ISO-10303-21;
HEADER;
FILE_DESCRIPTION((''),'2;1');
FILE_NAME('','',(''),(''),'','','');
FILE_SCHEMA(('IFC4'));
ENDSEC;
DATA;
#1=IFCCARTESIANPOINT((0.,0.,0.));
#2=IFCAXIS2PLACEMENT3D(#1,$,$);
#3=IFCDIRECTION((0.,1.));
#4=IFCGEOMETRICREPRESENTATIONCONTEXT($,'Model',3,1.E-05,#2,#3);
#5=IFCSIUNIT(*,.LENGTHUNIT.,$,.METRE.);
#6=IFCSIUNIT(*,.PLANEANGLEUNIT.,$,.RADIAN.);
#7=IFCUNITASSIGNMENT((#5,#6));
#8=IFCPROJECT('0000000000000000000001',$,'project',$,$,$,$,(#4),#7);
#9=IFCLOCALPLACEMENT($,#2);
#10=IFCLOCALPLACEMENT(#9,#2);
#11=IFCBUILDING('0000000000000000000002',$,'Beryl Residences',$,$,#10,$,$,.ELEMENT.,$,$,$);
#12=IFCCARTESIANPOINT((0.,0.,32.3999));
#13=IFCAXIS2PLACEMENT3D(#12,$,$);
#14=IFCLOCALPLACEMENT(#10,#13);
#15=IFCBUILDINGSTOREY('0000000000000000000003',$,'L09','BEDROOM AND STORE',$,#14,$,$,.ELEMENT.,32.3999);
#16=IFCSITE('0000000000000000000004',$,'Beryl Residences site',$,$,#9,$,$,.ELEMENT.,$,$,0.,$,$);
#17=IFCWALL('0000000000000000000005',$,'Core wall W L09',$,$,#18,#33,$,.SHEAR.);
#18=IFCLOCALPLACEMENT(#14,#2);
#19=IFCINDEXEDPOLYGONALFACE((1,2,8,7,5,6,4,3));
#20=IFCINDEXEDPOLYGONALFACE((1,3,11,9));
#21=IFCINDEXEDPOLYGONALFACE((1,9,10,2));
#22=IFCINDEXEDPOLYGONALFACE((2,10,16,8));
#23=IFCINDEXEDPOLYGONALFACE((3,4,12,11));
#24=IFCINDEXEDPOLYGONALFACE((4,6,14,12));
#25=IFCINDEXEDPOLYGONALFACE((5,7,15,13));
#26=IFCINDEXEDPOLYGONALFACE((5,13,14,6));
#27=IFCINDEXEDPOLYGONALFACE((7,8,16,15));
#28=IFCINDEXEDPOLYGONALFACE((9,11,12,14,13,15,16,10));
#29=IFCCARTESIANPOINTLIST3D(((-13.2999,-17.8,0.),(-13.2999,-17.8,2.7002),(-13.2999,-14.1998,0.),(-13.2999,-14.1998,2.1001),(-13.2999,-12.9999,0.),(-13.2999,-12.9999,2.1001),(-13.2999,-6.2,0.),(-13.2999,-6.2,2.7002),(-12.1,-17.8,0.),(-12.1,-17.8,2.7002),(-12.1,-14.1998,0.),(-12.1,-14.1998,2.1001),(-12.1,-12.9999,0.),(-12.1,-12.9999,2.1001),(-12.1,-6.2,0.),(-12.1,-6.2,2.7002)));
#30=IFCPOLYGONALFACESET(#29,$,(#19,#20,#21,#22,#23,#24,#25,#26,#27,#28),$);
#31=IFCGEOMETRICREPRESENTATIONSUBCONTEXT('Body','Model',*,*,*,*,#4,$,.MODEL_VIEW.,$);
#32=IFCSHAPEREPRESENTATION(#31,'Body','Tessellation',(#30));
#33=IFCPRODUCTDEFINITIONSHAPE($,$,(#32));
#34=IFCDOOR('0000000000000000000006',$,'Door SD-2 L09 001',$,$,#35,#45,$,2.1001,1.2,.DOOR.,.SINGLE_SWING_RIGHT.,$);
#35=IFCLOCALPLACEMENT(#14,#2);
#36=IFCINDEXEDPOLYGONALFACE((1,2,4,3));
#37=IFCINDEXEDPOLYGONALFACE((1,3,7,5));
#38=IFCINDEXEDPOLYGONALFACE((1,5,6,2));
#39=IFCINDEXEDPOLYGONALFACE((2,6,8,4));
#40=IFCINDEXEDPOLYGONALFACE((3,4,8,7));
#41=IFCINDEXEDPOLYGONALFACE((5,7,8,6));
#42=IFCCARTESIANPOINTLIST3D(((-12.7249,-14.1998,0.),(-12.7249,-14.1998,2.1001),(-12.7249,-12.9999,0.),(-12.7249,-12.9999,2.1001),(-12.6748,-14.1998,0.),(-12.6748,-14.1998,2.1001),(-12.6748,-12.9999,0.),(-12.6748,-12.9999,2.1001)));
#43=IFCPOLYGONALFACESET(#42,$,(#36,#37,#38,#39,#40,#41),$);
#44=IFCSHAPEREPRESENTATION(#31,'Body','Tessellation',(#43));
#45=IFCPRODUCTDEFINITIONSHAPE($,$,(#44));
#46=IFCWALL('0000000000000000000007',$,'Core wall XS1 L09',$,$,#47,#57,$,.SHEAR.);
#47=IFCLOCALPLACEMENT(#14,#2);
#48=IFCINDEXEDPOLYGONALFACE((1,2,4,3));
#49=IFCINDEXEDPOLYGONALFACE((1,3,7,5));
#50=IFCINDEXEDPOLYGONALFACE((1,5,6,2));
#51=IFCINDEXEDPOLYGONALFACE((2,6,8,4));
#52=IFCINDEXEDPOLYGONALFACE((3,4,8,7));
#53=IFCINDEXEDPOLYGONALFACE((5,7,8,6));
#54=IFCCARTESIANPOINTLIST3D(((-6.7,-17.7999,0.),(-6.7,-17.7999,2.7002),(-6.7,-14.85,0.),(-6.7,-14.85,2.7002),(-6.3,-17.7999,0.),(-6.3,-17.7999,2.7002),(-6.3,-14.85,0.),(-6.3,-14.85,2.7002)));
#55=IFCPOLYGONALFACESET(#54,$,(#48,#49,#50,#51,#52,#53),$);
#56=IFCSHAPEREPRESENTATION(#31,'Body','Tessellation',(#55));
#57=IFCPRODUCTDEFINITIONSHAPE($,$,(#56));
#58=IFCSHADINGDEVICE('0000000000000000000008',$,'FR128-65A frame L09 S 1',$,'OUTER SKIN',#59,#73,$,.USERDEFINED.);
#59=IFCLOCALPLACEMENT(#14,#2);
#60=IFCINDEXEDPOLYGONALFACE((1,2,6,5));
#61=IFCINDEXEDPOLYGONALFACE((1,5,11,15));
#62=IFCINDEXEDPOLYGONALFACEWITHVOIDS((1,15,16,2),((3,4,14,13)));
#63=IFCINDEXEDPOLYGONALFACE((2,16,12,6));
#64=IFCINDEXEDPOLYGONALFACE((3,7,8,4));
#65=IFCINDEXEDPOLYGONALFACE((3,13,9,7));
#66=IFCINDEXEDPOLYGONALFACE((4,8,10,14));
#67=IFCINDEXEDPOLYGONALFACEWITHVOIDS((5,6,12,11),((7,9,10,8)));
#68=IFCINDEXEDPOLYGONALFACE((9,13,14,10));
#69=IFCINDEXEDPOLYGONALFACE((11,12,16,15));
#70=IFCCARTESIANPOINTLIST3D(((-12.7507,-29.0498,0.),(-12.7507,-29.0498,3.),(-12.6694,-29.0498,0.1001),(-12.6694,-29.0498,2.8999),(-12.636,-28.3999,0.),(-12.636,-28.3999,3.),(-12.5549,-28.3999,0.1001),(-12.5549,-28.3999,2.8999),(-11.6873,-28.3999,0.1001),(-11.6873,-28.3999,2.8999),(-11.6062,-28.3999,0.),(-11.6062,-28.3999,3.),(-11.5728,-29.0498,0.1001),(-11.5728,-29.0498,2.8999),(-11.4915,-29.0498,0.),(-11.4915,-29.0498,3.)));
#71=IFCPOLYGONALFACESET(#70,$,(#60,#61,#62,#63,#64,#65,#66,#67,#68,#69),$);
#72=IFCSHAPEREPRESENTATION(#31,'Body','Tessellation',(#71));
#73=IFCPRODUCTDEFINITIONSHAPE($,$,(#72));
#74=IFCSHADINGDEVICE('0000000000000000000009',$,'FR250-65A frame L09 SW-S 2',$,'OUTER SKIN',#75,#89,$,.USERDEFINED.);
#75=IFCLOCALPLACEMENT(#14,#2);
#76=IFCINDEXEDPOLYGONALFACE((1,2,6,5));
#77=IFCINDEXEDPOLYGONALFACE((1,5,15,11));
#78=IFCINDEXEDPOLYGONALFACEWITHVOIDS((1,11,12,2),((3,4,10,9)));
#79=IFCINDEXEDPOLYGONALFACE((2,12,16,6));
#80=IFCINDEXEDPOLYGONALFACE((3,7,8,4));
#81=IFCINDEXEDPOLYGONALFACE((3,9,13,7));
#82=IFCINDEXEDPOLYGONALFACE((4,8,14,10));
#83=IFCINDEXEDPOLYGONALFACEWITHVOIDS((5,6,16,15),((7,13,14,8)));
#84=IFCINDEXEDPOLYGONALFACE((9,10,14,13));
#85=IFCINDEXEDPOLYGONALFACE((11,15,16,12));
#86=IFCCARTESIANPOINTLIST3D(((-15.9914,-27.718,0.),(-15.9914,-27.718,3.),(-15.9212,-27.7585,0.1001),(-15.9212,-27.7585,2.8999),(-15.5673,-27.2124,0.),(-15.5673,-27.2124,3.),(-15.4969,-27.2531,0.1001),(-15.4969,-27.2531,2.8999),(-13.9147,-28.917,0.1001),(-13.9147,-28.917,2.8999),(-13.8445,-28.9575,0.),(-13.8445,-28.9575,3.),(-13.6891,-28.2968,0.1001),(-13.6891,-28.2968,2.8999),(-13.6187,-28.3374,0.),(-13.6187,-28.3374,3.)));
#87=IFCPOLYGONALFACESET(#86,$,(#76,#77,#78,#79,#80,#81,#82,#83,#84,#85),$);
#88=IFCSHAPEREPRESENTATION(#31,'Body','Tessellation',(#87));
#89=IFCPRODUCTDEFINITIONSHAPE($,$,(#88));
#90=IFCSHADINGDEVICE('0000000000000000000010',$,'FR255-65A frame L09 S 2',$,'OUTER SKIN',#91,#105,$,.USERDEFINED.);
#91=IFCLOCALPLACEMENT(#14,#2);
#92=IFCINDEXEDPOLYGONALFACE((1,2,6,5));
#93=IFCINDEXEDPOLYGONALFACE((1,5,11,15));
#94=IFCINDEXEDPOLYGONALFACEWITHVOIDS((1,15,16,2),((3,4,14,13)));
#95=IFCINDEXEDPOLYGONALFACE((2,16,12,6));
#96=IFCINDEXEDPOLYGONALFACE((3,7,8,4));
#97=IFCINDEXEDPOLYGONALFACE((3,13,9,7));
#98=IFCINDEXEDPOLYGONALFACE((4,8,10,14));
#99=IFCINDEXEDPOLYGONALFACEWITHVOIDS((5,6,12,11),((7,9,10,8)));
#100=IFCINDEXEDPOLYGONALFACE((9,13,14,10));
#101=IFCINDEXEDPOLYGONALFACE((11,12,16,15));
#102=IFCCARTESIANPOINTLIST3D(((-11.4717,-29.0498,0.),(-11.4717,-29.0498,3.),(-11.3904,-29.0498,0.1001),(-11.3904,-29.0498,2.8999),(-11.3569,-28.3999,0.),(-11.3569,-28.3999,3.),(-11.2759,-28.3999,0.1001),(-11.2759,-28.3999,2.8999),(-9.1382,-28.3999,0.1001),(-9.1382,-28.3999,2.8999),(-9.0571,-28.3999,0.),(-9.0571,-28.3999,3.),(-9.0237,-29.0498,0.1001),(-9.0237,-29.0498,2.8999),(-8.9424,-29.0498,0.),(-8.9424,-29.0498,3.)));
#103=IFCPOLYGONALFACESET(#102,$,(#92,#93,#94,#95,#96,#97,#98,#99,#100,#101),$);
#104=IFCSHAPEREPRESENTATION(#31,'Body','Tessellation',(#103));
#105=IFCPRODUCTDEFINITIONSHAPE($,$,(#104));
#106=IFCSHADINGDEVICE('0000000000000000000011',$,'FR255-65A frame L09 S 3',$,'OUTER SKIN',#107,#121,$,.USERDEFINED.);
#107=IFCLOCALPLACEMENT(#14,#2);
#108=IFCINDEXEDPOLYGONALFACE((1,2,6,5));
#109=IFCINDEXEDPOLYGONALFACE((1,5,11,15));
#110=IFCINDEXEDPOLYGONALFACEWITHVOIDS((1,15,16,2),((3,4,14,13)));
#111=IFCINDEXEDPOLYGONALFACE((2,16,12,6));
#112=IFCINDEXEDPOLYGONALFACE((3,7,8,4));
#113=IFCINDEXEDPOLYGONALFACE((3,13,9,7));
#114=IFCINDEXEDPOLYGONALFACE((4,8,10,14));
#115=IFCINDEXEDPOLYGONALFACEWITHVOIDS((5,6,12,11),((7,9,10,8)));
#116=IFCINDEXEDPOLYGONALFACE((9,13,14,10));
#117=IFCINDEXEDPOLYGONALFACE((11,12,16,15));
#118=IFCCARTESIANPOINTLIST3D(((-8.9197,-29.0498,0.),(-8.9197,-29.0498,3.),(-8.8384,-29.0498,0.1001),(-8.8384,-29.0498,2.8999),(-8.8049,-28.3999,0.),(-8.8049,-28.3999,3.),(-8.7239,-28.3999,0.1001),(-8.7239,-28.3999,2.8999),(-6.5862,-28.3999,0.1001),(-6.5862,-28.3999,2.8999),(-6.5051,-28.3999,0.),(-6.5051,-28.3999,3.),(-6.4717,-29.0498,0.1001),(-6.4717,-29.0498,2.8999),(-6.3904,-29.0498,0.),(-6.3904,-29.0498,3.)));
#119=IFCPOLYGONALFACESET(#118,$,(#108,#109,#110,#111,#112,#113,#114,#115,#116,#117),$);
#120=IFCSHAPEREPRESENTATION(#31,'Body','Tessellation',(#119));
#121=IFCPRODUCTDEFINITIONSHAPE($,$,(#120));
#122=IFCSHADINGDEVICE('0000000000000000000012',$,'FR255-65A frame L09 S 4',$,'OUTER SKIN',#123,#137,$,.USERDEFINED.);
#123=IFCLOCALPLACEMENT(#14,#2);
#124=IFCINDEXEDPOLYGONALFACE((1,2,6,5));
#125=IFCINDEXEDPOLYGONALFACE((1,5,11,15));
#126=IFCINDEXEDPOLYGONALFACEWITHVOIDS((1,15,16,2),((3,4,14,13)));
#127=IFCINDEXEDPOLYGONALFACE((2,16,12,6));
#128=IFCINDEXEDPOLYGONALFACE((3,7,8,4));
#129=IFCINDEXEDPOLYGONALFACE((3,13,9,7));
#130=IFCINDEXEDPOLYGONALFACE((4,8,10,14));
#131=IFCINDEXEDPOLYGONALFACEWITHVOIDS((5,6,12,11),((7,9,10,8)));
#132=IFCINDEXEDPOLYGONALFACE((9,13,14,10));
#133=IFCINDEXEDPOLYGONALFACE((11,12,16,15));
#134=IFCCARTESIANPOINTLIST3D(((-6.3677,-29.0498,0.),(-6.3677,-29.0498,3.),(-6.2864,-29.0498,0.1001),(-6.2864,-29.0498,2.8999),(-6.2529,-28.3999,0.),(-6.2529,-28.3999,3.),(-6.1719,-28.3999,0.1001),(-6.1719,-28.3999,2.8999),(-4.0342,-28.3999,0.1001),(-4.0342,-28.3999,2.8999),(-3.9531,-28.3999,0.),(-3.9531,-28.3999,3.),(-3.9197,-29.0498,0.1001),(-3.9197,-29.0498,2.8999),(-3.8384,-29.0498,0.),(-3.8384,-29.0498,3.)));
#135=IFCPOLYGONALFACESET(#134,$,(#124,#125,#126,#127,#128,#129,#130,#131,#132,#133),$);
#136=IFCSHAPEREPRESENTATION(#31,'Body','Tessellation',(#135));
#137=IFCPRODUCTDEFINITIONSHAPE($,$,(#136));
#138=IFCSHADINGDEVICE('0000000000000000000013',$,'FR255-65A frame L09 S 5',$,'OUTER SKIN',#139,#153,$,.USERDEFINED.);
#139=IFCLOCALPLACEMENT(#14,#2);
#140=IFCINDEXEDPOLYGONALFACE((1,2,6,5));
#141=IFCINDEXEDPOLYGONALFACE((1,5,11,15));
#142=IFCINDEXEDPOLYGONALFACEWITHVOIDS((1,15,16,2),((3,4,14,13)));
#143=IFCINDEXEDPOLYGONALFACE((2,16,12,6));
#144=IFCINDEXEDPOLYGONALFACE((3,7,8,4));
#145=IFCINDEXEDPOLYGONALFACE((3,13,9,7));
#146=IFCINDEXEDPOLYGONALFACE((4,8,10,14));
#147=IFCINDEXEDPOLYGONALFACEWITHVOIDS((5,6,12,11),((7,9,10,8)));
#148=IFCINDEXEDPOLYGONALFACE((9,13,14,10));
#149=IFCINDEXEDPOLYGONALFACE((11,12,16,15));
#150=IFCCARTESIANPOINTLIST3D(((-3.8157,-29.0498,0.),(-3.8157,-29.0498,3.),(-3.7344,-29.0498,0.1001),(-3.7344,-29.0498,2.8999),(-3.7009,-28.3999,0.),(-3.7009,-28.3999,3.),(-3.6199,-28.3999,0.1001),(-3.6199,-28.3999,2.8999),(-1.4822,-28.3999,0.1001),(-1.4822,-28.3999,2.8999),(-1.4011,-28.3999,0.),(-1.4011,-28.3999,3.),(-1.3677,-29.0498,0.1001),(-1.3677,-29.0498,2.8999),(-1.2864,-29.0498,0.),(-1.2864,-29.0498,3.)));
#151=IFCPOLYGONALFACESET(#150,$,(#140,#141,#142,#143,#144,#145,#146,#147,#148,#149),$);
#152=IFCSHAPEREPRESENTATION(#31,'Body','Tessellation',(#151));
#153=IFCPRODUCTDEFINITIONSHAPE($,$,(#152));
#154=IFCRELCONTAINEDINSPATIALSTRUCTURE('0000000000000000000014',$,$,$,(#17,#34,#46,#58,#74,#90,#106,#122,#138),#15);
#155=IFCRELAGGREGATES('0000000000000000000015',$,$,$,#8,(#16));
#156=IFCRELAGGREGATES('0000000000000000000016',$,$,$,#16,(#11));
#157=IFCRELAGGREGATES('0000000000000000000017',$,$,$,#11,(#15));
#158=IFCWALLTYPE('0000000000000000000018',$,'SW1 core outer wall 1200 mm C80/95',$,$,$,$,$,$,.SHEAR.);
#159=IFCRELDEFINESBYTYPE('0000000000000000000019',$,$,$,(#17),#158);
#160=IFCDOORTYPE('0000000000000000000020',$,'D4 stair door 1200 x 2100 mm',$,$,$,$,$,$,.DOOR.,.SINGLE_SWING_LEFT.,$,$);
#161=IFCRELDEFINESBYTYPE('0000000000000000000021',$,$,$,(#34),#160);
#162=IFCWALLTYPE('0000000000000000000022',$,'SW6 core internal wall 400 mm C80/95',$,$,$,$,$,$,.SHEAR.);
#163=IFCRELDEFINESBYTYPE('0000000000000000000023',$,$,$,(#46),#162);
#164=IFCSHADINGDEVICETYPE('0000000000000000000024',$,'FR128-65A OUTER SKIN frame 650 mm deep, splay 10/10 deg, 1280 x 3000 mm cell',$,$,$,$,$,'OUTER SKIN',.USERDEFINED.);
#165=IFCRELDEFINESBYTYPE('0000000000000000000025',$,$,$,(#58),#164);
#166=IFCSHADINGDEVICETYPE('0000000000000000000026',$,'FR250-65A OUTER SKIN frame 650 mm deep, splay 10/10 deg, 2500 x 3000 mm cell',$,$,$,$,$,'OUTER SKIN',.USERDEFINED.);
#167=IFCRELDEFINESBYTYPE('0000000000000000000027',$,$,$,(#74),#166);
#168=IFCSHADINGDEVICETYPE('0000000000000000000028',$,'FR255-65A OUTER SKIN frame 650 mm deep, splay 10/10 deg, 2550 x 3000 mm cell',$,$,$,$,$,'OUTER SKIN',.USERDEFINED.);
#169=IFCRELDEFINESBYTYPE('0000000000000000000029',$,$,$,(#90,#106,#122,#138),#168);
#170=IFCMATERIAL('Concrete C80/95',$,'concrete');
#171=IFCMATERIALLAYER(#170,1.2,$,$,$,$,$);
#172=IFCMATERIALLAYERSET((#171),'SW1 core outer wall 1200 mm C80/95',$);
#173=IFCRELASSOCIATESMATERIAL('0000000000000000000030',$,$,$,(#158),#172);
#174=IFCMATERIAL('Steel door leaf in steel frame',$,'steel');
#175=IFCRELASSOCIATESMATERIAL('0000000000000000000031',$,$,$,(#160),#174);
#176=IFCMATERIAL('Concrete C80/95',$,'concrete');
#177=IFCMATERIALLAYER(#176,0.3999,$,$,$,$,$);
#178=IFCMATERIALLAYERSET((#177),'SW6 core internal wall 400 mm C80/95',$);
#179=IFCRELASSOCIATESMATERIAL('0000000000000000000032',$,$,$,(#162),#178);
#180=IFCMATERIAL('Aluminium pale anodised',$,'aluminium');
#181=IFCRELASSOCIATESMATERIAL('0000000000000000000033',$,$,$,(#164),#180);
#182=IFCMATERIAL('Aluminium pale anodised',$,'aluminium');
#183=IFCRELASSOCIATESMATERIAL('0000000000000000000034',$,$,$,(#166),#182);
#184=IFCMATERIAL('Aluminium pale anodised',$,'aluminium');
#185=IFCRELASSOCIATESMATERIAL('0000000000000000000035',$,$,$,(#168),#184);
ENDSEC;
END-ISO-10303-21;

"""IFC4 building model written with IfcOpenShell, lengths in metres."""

from ifc_helpers import new_model, entity, si_unit, direction, frame, frame_2d, origin, place, context, subcontext, project, spatial, rectangle, extrude, source, transform, mapped, material, layer, layer_set, type_object, type_shapes, element, fill, save


model = new_model("IFC4")

# Units and contexts
model_context = context("Model", 3, precision=1e-05, world=origin(), true_north=direction((0.0, 1.0)))
body_context = subcontext(model_context, "Body", "Model", "MODEL_VIEW")
ifc_project = project(units=[si_unit("LENGTHUNIT", "METRE"), si_unit("PLANEANGLEUNIT", "RADIAN")], contexts=[model_context])

# Site, building, storey
site_placement = place(None, origin())
site = spatial("IfcSite", under=ifc_project, at=site_placement, Name="Beryl Residences site", CompositionType="ELEMENT", RefElevation=0.0)
building_placement = place(site_placement, origin())
building = spatial("IfcBuilding", under=site, at=building_placement, Name="Beryl Residences", CompositionType="ELEMENT")
storey_placement = place(building_placement, frame((0.0, 0.0, 32.3999)))
storey = spatial("IfcBuildingStorey", under=building, at=storey_placement, Name="L09", Description="BEDROOM AND STORE", CompositionType="ELEMENT", Elevation=32.3999)

# Shared definitions
ifc_material_1 = material(Name="Concrete C80/95", Category="concrete")
ifc_layer_1 = layer(ifc_material_1, 1.2)
ifc_layer_set_1 = layer_set([ifc_layer_1], Name="SW1 core outer wall 1200 mm C80/95")
wall_type_1 = type_object("IfcWallType", Name="SW1 core outer wall 1200 mm C80/95", PredefinedType="SHEAR", material=ifc_layer_set_1)

# Wall, opening, door
wall_1_placement = place(storey_placement, frame((-12.7, -17.8, 0.0), z_axis=(0.0, 0.0, 1.0), x_axis=(0.0, 1.0, 0.0)))
wall_1 = element("IfcWall", 1, at=wall_1_placement, inside=storey, type_object=wall_type_1, Name="Core wall W L09", PredefinedType="SHEAR", context=body_context, shape_type="SweptSolid", body=[
    extrude(rectangle(XDim=11.6001, YDim=1.2, at=frame_2d((5.8, 0.0))), origin(), (0.0, 0.0, 1.0), 2.7002),
])
opening_1_placement = place(wall_1_placement, frame((3.6001, 0.0, 0.0)))
opening_1 = element("IfcOpeningElement", 2, at=opening_1_placement, cuts=wall_1, PredefinedType="OPENING", context=body_context, shape_type="SweptSolid", body=[
    extrude(rectangle(XDim=1.2, YDim=2.1001, at=frame_2d((0.6001, 1.05))), frame((0.0, 0.6099, 0.0), z_axis=(0.0, -1.0, 0.0), x_axis=(1.0, 0.0, 0.0)), (0.0, 0.0, 1.0), 1.22),
])
ifc_material_2 = material(Name="Steel door leaf in steel frame", Category="steel")
door_type_1 = type_object("IfcDoorType", Name="D4 stair door 1200 x 2100 mm", OperationType="SINGLE_SWING_LEFT", PredefinedType="DOOR", material=ifc_material_2)
door_1_placement = place(opening_1_placement, origin())
door_1 = element("IfcDoor", 3, at=door_1_placement, inside=storey, type_object=door_type_1, Name="Door SD-2 L09 001", OperationType="SINGLE_SWING_RIGHT", OverallHeight=2.1001, OverallWidth=1.2, PredefinedType="DOOR", context=body_context, shape_type="SweptSolid", body=[
    extrude(rectangle(XDim=1.2, YDim=2.1001, at=frame_2d((0.6001, 1.05))), frame((0.0, 0.0249, 0.0), z_axis=(0.0, -1.0, 0.0), x_axis=(1.0, 0.0, 0.0)), (0.0, 0.0, 1.0), 0.05),
])
fill(opening_1, door_1)

# Wall
ifc_material_3 = material(Name="Concrete C80/95", Category="concrete")
ifc_layer_2 = layer(ifc_material_3, 0.3999)
ifc_layer_set_2 = layer_set([ifc_layer_2], Name="SW6 core internal wall 400 mm C80/95")
wall_type_2 = type_object("IfcWallType", Name="SW6 core internal wall 400 mm C80/95", PredefinedType="SHEAR", material=ifc_layer_set_2)
wall_2_placement = place(storey_placement, frame((-6.5, -17.8, 0.0), z_axis=(0.0, 0.0, 1.0), x_axis=(0.0, 1.0, 0.0)))
element("IfcWall", 4, at=wall_2_placement, inside=storey, type_object=wall_type_2, Name="Core wall XS1 L09", PredefinedType="SHEAR", context=body_context, shape_type="SweptSolid", body=[
    extrude(rectangle(XDim=2.95, YDim=0.3999, at=frame_2d((1.4751, 0.0))), origin(), (0.0, 0.0, 1.0), 2.7002),
])

# Shading devices
ifc_material_4 = material(Name="Aluminium pale anodised", Category="aluminium")
shading_device_type_1 = type_object("IfcShadingDeviceType", Name="FR128-65A OUTER SKIN frame 650 mm deep, splay 10/10 deg, 1280 x 3000 mm cell", ElementType="OUTER SKIN", PredefinedType="USERDEFINED", material=ifc_material_4)
cartesian_point_1 = entity("IfcCartesianPoint", [-0.5149, 0.0])
cartesian_point_2 = entity("IfcCartesianPoint", [-0.4338, 0.1001])
cartesian_point_3 = entity("IfcCartesianPoint", [-0.6296, 0.0])
cartesian_point_4 = entity("IfcCartesianPoint", [-0.5483, 0.1001])
shared_shape_1 = source(origin(), body_context, "Body", "SweptSolid", [
    entity("IfcExtrudedAreaSolidTapered", entity("IfcArbitraryProfileDefWithVoids", "AREA", None, entity("IfcPolyline", [cartesian_point_1, entity("IfcCartesianPoint", [0.5149, 0.0]), entity("IfcCartesianPoint", [0.5149, 3.0]), entity("IfcCartesianPoint", [-0.5149, 3.0]), cartesian_point_1]), [entity("IfcPolyline", [cartesian_point_2, entity("IfcCartesianPoint", [0.4338, 0.1001]), entity("IfcCartesianPoint", [0.4338, 2.8999]), entity("IfcCartesianPoint", [-0.4338, 2.8999]), cartesian_point_2])]), entity("IfcAxis2Placement3D", entity("IfcCartesianPoint", [0.0, 0.0, 0.0]), entity("IfcDirection", [0.0, 1.0, 0.0]), entity("IfcDirection", [-1.0, 0.0, 0.0])), entity("IfcDirection", [0.0, 0.0, 1.0]), 0.6499, entity("IfcArbitraryProfileDefWithVoids", "AREA", None, entity("IfcPolyline", [cartesian_point_3, entity("IfcCartesianPoint", [0.6296, 0.0]), entity("IfcCartesianPoint", [0.6296, 3.0]), entity("IfcCartesianPoint", [-0.6296, 3.0]), cartesian_point_3]), [entity("IfcPolyline", [cartesian_point_4, entity("IfcCartesianPoint", [0.5483, 0.1001]), entity("IfcCartesianPoint", [0.5483, 2.8999]), entity("IfcCartesianPoint", [-0.5483, 2.8999]), cartesian_point_4])])),
])
type_shapes(shading_device_type_1, [shared_shape_1])
shading_device_1_placement = place(storey_placement, frame((-12.1211, -28.3999, 0.0), z_axis=(0.0, 0.0, 1.0), x_axis=(-1.0, 0.0, 0.0)))
element("IfcShadingDevice", 5, at=shading_device_1_placement, inside=storey, type_object=shading_device_type_1, Name="FR128-65A frame L09 S 1", ObjectType="OUTER SKIN", PredefinedType="USERDEFINED", context=body_context, shape_type="MappedRepresentation", body=[
    mapped(shared_shape_1, transform((0.0, 0.0, 0.0))),
])
ifc_material_5 = material(Name="Aluminium pale anodised", Category="aluminium")
shading_device_type_2 = type_object("IfcShadingDeviceType", Name="FR250-65A OUTER SKIN frame 650 mm deep, splay 10/10 deg, 2500 x 3000 mm cell", ElementType="OUTER SKIN", PredefinedType="USERDEFINED", material=ifc_material_5)
cartesian_point_5 = entity("IfcCartesianPoint", [-1.125, 0.0])
cartesian_point_6 = entity("IfcCartesianPoint", [-1.0437, 0.1001])
cartesian_point_7 = entity("IfcCartesianPoint", [-1.2395, 0.0])
cartesian_point_8 = entity("IfcCartesianPoint", [-1.1584, 0.1001])
shared_shape_2 = source(origin(), body_context, "Body", "SweptSolid", [
    entity("IfcExtrudedAreaSolidTapered", entity("IfcArbitraryProfileDefWithVoids", "AREA", None, entity("IfcPolyline", [cartesian_point_5, entity("IfcCartesianPoint", [1.125, 0.0]), entity("IfcCartesianPoint", [1.125, 3.0]), entity("IfcCartesianPoint", [-1.125, 3.0]), cartesian_point_5]), [entity("IfcPolyline", [cartesian_point_6, entity("IfcCartesianPoint", [1.0437, 0.1001]), entity("IfcCartesianPoint", [1.0437, 2.8999]), entity("IfcCartesianPoint", [-1.0437, 2.8999]), cartesian_point_6])]), entity("IfcAxis2Placement3D", entity("IfcCartesianPoint", [0.0, 0.0, 0.0]), entity("IfcDirection", [0.0, 1.0, 0.0]), entity("IfcDirection", [-1.0, 0.0, 0.0])), entity("IfcDirection", [0.0, 0.0, 1.0]), 0.6499, entity("IfcArbitraryProfileDefWithVoids", "AREA", None, entity("IfcPolyline", [cartesian_point_7, entity("IfcCartesianPoint", [1.2395, 0.0]), entity("IfcCartesianPoint", [1.2395, 3.0]), entity("IfcCartesianPoint", [-1.2395, 3.0]), cartesian_point_7]), [entity("IfcPolyline", [cartesian_point_8, entity("IfcCartesianPoint", [1.1584, 0.1001]), entity("IfcCartesianPoint", [1.1584, 2.8999]), entity("IfcCartesianPoint", [-1.1584, 2.8999]), cartesian_point_8])])),
])
type_shapes(shading_device_type_2, [shared_shape_2])
shading_device_2_placement = place(storey_placement, frame((-14.593, -27.7749, 0.0), z_axis=(0.0, 0.0, 1.0), x_axis=(-0.866025, 0.5, 0.0)))
element("IfcShadingDevice", 6, at=shading_device_2_placement, inside=storey, type_object=shading_device_type_2, Name="FR250-65A frame L09 SW-S 2", ObjectType="OUTER SKIN", PredefinedType="USERDEFINED", context=body_context, shape_type="MappedRepresentation", body=[
    mapped(shared_shape_2, transform((0.0, 0.0, 0.0))),
])
ifc_material_6 = material(Name="Aluminium pale anodised", Category="aluminium")
shading_device_type_3 = type_object("IfcShadingDeviceType", Name="FR255-65A OUTER SKIN frame 650 mm deep, splay 10/10 deg, 2550 x 3000 mm cell", ElementType="OUTER SKIN", PredefinedType="USERDEFINED", material=ifc_material_6)
cartesian_point_9 = entity("IfcCartesianPoint", [-1.1499, 0.0])
cartesian_point_10 = entity("IfcCartesianPoint", [-1.0688, 0.1001])
cartesian_point_11 = entity("IfcCartesianPoint", [-1.2646, 0.0])
cartesian_point_12 = entity("IfcCartesianPoint", [-1.1833, 0.1001])
shared_shape_3 = source(origin(), body_context, "Body", "SweptSolid", [
    entity("IfcExtrudedAreaSolidTapered", entity("IfcArbitraryProfileDefWithVoids", "AREA", None, entity("IfcPolyline", [cartesian_point_9, entity("IfcCartesianPoint", [1.1499, 0.0]), entity("IfcCartesianPoint", [1.1499, 3.0]), entity("IfcCartesianPoint", [-1.1499, 3.0]), cartesian_point_9]), [entity("IfcPolyline", [cartesian_point_10, entity("IfcCartesianPoint", [1.0688, 0.1001]), entity("IfcCartesianPoint", [1.0688, 2.8999]), entity("IfcCartesianPoint", [-1.0688, 2.8999]), cartesian_point_10])]), entity("IfcAxis2Placement3D", entity("IfcCartesianPoint", [0.0, 0.0, 0.0]), entity("IfcDirection", [0.0, 1.0, 0.0]), entity("IfcDirection", [-1.0, 0.0, 0.0])), entity("IfcDirection", [0.0, 0.0, 1.0]), 0.6499, entity("IfcArbitraryProfileDefWithVoids", "AREA", None, entity("IfcPolyline", [cartesian_point_11, entity("IfcCartesianPoint", [1.2646, 0.0]), entity("IfcCartesianPoint", [1.2646, 3.0]), entity("IfcCartesianPoint", [-1.2646, 3.0]), cartesian_point_11]), [entity("IfcPolyline", [cartesian_point_12, entity("IfcCartesianPoint", [1.1833, 0.1001]), entity("IfcCartesianPoint", [1.1833, 2.8999]), entity("IfcCartesianPoint", [-1.1833, 2.8999]), cartesian_point_12])])),
])
type_shapes(shading_device_type_3, [shared_shape_3])
for number, where, z_axis, x_axis, name in (
    (7, (-10.207, -28.3999, 0.0), (0.0, 0.0, 1.0), (-1.0, 0.0, 0.0), "FR255-65A frame L09 S 2"),
    (8, (-7.655, -28.3999, 0.0), (0.0, 0.0, 1.0), (-1.0, 0.0, 0.0), "FR255-65A frame L09 S 3"),
    (9, (-5.103, -28.3999, 0.0), (0.0, 0.0, 1.0), (-1.0, 0.0, 0.0), "FR255-65A frame L09 S 4"),
    (10, (-2.551, -28.3999, 0.0), (0.0, 0.0, 1.0), (-1.0, 0.0, 0.0), "FR255-65A frame L09 S 5"),
):
    element("IfcShadingDevice", number, at=place(storey_placement, frame(where, z_axis=z_axis, x_axis=x_axis)), inside=storey, type_object=shading_device_type_3, Name=name, ObjectType="OUTER SKIN", PredefinedType="USERDEFINED", context=body_context, shape_type="MappedRepresentation", body=[
        mapped(shared_shape_3, transform((0.0, 0.0, 0.0))),
    ])

save(model, "model.ifc")
